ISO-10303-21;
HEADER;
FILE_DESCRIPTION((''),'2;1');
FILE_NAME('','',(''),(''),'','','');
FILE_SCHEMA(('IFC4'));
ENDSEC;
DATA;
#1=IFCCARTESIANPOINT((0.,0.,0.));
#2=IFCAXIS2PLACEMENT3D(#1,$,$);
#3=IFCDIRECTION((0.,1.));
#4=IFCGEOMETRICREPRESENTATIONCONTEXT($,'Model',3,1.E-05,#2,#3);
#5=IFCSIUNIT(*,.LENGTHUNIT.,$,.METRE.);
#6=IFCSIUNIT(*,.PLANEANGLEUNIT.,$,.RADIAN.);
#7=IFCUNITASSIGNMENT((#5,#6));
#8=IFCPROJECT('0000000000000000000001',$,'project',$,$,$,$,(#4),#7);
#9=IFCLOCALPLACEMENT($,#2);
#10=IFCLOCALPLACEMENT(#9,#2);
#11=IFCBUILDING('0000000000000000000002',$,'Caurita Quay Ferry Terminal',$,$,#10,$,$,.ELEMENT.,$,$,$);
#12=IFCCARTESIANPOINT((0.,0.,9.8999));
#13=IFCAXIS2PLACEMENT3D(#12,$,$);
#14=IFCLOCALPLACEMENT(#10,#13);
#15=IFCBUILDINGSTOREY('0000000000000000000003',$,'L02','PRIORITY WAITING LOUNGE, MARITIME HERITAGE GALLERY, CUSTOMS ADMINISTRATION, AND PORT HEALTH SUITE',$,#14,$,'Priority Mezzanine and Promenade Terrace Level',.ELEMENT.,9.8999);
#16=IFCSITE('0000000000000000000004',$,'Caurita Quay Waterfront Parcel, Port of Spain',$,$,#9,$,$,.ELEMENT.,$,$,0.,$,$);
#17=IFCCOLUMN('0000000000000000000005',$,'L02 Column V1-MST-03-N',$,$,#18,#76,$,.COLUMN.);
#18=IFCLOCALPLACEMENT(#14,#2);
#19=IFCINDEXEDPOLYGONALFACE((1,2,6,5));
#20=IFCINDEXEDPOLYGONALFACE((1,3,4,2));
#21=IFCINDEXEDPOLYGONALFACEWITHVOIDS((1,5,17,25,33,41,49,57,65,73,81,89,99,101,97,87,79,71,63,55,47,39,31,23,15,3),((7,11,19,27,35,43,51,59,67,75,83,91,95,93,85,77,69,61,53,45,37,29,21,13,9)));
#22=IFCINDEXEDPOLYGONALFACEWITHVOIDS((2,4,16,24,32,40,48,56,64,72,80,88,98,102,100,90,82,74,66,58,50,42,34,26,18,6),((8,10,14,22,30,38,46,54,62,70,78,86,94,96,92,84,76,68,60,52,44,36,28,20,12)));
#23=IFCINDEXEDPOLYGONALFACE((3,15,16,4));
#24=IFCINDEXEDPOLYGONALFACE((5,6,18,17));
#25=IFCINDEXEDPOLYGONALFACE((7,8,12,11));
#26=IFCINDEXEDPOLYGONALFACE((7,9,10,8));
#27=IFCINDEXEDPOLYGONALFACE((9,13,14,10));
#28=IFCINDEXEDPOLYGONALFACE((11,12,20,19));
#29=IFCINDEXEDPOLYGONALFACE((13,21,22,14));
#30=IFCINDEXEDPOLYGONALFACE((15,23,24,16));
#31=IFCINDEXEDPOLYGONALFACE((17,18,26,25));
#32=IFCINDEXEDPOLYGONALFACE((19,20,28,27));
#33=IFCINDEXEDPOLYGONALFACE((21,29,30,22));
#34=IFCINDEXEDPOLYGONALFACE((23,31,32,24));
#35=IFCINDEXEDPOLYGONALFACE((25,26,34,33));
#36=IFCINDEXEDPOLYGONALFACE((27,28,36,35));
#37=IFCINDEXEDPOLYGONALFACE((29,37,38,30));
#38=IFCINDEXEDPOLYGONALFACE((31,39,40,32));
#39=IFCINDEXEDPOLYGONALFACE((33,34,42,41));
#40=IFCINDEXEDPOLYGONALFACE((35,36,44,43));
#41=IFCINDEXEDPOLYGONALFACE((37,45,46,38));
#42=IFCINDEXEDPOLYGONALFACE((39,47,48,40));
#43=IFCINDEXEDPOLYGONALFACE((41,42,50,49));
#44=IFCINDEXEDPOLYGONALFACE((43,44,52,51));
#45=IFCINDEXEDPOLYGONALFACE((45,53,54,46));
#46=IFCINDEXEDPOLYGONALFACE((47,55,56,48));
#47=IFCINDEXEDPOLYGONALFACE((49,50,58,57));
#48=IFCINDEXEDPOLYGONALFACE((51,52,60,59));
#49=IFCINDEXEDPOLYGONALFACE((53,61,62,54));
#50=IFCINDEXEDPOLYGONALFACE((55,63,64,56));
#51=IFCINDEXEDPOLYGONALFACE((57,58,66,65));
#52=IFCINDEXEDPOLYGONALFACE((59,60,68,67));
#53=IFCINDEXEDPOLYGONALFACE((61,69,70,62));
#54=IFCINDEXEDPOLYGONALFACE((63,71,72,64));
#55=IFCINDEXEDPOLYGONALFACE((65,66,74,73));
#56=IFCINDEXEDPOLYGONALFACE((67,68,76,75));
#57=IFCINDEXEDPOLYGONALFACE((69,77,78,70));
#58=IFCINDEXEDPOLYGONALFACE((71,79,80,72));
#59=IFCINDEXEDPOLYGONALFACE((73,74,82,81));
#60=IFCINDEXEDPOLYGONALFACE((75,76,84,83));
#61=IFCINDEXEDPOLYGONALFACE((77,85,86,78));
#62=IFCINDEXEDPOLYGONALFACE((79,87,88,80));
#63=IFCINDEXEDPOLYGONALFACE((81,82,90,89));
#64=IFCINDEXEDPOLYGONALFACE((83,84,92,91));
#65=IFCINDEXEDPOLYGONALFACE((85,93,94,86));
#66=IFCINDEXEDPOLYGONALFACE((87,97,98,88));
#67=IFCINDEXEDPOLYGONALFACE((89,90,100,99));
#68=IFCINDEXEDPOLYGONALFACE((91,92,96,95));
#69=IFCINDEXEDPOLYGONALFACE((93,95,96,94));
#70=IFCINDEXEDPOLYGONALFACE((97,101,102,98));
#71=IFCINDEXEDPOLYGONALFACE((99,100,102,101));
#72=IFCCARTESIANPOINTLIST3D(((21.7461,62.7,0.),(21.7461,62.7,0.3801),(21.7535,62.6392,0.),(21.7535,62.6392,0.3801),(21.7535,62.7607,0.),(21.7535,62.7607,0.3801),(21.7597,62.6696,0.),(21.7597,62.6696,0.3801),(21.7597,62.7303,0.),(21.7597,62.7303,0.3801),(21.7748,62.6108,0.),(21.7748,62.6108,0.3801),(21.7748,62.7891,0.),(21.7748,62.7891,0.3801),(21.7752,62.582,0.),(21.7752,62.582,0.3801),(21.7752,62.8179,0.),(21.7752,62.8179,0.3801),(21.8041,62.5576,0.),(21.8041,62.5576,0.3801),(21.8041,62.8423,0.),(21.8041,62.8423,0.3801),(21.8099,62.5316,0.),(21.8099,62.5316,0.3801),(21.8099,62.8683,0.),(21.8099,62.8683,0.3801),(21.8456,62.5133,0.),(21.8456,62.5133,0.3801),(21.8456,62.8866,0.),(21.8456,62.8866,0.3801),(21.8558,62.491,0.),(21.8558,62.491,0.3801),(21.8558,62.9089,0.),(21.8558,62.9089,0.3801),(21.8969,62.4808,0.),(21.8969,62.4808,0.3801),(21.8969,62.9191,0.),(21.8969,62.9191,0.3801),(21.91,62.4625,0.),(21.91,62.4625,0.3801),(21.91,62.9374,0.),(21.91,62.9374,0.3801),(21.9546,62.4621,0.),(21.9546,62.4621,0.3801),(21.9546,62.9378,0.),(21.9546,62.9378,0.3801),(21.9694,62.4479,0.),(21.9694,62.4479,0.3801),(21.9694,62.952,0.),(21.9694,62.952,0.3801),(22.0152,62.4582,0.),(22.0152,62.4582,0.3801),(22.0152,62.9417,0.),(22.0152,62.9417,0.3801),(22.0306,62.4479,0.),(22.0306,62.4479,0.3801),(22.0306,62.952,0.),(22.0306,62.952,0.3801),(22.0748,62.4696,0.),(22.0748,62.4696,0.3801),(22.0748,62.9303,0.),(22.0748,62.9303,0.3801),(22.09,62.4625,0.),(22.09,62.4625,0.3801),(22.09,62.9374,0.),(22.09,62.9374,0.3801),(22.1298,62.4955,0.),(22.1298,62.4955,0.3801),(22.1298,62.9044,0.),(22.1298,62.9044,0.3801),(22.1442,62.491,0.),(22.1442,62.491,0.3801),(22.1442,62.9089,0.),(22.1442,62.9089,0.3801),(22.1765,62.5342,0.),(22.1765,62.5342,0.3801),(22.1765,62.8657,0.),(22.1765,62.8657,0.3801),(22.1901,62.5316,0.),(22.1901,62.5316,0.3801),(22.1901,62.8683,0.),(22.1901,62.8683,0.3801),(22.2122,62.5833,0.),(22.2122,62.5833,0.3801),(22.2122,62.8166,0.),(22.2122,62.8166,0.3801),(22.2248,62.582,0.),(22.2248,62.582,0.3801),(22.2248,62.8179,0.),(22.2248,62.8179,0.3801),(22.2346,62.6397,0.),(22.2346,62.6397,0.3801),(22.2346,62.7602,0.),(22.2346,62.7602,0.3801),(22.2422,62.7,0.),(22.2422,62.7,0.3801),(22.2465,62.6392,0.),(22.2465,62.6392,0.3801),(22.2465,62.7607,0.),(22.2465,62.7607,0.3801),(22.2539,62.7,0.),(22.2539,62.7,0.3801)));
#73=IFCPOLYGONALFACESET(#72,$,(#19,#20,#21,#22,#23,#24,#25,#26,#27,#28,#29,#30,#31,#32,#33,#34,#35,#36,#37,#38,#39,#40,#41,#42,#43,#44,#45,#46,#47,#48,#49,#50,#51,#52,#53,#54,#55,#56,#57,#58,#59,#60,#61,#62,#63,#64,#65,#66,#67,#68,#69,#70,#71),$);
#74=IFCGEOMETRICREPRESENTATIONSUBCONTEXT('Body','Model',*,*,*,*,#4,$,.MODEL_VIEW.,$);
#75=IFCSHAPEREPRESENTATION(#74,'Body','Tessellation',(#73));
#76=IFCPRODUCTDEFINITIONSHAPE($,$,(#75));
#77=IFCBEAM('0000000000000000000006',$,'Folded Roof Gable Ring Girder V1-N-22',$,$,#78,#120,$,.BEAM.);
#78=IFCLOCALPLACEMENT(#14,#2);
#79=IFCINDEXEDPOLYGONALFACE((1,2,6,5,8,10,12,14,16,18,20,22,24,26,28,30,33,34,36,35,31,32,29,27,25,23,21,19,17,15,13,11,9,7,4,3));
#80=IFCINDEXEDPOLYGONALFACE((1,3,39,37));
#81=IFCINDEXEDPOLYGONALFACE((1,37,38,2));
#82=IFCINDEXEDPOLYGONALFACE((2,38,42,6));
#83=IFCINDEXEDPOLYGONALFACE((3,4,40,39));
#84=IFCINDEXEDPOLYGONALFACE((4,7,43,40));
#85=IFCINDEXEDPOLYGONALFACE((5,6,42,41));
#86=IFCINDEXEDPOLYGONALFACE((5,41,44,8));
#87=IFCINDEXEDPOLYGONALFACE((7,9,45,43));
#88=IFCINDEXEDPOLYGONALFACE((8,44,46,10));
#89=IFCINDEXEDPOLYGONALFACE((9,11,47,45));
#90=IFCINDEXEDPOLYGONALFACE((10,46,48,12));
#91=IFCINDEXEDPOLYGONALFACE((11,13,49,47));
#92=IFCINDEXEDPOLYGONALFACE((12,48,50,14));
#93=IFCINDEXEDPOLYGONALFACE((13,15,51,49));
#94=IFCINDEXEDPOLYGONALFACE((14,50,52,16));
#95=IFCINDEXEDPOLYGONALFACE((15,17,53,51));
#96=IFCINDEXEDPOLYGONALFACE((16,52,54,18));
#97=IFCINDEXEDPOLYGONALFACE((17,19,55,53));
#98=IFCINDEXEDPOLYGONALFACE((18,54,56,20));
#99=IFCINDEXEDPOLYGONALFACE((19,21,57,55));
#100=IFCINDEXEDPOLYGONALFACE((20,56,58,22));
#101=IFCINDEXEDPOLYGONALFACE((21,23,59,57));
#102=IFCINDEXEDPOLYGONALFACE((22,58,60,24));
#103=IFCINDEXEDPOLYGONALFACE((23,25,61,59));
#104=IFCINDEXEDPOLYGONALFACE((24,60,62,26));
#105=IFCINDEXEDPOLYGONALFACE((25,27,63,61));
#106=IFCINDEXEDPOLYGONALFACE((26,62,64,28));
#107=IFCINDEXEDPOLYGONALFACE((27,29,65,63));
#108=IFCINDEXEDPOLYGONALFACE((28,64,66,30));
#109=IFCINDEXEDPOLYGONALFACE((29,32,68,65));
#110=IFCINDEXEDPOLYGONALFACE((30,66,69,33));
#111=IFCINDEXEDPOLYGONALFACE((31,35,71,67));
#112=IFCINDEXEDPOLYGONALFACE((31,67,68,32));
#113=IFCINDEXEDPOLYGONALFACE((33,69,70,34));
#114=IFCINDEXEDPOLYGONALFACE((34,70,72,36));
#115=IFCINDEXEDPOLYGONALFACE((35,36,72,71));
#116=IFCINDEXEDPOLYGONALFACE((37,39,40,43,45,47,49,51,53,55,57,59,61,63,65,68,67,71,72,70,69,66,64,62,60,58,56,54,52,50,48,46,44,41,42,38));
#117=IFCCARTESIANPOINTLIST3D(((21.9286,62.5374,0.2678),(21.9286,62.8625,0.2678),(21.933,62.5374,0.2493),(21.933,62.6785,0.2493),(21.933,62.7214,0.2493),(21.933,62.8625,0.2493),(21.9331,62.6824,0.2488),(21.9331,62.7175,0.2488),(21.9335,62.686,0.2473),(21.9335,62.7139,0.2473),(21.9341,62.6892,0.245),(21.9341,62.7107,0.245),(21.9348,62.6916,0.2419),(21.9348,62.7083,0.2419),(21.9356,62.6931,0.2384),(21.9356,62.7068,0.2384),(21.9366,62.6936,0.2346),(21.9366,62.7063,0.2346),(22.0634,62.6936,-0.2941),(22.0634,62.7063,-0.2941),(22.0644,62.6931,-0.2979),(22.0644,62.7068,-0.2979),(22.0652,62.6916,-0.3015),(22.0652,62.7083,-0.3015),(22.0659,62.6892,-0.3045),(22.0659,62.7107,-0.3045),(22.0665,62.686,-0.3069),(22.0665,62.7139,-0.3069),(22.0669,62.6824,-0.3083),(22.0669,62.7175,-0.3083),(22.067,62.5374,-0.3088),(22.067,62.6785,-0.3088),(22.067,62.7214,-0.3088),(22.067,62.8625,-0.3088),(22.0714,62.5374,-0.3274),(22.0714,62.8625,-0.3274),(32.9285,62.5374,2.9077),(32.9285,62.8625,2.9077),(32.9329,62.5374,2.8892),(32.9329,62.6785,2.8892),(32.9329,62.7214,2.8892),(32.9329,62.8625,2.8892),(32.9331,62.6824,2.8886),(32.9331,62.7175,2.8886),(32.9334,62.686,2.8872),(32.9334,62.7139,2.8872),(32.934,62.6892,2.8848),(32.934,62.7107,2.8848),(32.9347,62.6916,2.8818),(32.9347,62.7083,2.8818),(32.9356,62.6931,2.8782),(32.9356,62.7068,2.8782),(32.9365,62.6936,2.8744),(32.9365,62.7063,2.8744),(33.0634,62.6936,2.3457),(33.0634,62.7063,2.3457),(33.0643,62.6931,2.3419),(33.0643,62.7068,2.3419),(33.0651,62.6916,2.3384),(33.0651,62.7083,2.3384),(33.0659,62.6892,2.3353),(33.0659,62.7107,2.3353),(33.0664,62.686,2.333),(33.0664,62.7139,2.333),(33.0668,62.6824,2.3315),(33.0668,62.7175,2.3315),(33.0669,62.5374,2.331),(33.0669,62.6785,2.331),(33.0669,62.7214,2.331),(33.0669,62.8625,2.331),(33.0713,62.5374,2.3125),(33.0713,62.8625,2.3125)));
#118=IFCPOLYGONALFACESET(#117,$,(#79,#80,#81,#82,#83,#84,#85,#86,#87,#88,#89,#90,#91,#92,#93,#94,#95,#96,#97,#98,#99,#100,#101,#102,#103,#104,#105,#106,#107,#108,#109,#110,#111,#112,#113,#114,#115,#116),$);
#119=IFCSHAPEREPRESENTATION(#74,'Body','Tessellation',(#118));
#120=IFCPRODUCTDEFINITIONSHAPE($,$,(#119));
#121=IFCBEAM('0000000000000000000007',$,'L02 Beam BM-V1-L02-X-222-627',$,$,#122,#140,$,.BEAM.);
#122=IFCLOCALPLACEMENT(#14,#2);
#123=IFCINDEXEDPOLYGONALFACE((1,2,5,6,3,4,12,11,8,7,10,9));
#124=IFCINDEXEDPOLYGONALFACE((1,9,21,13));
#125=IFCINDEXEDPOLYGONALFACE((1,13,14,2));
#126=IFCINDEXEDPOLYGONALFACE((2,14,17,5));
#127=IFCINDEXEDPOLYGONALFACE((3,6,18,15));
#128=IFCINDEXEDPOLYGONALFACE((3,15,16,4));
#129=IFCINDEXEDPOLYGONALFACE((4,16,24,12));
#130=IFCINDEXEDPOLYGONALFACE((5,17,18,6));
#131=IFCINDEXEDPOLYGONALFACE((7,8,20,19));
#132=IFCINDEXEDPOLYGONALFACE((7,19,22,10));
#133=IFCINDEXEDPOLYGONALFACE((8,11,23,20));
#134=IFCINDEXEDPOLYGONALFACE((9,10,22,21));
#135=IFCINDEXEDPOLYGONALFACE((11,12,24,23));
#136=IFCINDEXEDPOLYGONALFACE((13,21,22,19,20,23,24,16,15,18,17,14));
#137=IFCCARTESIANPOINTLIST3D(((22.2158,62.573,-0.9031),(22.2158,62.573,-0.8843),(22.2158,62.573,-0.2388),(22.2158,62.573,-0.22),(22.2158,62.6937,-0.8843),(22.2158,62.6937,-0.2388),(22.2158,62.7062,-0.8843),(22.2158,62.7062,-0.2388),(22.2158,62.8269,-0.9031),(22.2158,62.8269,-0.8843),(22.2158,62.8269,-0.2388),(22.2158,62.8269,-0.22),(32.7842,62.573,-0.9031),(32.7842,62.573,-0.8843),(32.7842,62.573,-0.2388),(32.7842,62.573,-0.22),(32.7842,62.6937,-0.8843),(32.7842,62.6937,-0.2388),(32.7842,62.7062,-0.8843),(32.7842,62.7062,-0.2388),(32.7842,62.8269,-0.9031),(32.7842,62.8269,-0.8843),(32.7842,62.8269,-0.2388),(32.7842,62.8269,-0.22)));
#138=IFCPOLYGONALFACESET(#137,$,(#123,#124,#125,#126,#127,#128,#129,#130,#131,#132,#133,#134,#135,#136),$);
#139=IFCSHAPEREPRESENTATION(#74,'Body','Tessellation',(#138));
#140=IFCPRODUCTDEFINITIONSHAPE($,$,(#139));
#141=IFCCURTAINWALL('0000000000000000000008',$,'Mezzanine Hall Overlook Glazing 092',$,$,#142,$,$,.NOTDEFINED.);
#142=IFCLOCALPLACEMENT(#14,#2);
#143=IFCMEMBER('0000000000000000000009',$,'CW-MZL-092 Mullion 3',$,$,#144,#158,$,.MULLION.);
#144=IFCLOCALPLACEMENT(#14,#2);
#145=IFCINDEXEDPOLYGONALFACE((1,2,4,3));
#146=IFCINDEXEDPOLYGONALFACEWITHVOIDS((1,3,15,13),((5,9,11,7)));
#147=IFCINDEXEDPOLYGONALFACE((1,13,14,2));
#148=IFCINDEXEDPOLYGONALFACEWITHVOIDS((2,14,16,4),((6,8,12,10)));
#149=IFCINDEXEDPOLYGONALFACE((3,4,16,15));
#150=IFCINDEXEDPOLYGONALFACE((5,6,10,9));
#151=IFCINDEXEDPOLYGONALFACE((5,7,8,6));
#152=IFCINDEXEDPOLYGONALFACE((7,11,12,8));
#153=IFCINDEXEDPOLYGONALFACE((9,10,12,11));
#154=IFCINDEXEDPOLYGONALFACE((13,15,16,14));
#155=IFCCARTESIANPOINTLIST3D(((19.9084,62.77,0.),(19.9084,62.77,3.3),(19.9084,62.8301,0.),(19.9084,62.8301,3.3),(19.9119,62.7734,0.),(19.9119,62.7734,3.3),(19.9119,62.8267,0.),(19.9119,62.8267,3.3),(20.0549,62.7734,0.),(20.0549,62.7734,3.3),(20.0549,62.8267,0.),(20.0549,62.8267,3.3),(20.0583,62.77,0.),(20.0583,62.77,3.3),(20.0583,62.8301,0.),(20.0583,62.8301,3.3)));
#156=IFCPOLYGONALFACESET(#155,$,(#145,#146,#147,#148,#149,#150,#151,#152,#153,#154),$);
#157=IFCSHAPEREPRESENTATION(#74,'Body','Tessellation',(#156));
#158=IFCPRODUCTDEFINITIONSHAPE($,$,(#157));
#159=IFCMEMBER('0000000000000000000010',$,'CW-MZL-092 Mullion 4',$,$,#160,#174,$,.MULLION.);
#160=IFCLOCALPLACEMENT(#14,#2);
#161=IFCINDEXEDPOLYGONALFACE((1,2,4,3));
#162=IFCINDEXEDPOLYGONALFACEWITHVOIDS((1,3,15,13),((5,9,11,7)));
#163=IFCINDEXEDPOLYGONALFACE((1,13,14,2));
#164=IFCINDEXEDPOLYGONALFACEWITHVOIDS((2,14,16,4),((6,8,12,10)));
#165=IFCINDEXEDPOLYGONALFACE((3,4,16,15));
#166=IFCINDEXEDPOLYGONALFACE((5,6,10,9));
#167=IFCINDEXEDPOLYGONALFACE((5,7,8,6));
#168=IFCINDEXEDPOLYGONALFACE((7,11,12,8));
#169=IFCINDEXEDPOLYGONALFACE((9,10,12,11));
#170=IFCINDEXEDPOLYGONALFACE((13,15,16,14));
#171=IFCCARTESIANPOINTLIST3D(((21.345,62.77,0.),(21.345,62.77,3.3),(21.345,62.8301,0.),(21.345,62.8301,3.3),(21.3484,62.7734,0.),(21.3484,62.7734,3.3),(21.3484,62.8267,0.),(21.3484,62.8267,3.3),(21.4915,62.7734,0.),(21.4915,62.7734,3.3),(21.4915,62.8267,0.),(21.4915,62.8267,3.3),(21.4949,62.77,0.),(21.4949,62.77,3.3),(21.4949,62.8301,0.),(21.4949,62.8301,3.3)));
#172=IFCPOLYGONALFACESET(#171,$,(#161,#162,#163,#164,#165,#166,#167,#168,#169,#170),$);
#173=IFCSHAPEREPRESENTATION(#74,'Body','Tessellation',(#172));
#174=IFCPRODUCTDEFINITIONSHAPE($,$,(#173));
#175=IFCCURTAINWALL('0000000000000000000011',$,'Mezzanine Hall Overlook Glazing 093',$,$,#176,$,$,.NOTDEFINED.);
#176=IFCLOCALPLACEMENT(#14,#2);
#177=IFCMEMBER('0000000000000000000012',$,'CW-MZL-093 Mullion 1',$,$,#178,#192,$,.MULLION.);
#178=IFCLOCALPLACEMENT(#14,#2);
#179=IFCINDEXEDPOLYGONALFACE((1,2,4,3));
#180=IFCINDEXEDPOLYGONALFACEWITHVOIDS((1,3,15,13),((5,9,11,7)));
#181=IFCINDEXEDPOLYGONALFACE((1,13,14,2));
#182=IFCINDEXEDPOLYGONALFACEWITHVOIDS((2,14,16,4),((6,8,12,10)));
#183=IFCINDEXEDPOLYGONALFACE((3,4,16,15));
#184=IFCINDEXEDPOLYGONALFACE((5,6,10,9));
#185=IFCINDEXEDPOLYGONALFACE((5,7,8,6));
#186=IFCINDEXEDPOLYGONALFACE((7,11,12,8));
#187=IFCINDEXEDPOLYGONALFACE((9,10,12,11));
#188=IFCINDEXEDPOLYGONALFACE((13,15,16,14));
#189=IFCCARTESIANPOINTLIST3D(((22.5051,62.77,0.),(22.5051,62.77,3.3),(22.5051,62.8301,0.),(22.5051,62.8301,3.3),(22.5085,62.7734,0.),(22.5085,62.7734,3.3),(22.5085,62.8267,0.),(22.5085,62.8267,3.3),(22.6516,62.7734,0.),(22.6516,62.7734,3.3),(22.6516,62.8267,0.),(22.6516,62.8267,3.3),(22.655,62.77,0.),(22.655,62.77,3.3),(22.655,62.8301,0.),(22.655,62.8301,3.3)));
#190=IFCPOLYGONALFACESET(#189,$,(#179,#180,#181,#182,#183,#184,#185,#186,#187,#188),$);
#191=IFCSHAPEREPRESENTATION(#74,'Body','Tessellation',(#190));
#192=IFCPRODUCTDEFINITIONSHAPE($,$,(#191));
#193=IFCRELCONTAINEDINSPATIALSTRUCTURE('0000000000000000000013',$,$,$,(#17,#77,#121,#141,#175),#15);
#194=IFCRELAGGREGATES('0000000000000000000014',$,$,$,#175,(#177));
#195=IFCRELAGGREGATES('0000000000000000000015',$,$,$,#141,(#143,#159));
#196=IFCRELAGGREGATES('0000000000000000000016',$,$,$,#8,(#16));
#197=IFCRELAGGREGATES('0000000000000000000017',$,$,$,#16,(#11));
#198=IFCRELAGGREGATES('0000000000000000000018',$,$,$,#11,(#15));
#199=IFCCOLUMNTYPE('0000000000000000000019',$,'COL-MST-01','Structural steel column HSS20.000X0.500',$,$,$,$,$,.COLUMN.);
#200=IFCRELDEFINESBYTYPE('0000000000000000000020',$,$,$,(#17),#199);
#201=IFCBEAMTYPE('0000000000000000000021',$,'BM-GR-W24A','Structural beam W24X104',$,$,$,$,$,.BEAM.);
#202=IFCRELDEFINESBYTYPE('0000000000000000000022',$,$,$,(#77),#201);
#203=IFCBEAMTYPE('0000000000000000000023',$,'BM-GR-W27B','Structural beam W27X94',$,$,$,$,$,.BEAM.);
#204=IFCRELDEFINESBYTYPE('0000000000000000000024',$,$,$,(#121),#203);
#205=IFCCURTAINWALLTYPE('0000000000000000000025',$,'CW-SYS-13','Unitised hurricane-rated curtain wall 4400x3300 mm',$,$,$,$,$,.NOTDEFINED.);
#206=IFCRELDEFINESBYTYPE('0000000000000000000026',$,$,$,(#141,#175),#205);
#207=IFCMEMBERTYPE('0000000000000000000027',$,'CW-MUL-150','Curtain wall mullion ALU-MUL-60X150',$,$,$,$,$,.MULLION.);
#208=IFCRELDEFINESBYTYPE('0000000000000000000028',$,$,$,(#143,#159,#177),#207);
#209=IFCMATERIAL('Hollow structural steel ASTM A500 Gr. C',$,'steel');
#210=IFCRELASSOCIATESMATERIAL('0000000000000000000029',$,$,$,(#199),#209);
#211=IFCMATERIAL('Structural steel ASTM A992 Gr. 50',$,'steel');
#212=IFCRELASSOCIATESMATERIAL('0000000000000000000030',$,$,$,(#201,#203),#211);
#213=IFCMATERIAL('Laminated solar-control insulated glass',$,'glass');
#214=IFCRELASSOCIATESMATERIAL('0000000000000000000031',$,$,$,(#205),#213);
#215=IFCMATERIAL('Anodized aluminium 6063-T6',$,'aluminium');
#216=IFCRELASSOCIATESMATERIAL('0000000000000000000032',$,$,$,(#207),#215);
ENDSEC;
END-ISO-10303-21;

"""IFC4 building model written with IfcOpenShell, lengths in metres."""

from ifc_helpers import new_model, si_unit, direction, frame, origin, origin_2d, place, context, subcontext, project, spatial, hollow_rectangle, hollow_circle, i_section, extrude, material, material_profile, profile_set, type_object, element, aggregate, save


model = new_model("IFC4")

# Units and contexts
model_context = context("Model", 3, precision=1e-05, world=origin(), true_north=direction((0.0, 1.0)))
body_context = subcontext(model_context, "Body", "Model", "MODEL_VIEW")
ifc_project = project(units=[si_unit("LENGTHUNIT", "METRE"), si_unit("PLANEANGLEUNIT", "RADIAN")], contexts=[model_context])

# Site, building, storey
site_placement = place(None, origin())
site = spatial("IfcSite", under=ifc_project, at=site_placement, Name="Caurita Quay Waterfront Parcel, Port of Spain", CompositionType="ELEMENT", RefElevation=0.0)
building_placement = place(site_placement, origin())
building = spatial("IfcBuilding", under=site, at=building_placement, Name="Caurita Quay Ferry Terminal", CompositionType="ELEMENT")
storey_placement = place(building_placement, frame((0.0, 0.0, 9.8999)))
storey = spatial("IfcBuildingStorey", under=building, at=storey_placement, Name="L02", Description="PRIORITY WAITING LOUNGE, MARITIME HERITAGE GALLERY, CUSTOMS ADMINISTRATION, AND PORT HEALTH SUITE", LongName="Priority Mezzanine and Promenade Terrace Level", CompositionType="ELEMENT", Elevation=9.8999)

# Column
ifc_material_1 = material(Name="Hollow structural steel ASTM A500 Gr. C", Category="steel")
ifc_material_profile_1 = material_profile(ifc_material_1, hollow_circle(Radius=0.2539, WallThickness=0.0117, at=origin_2d()), Name="HSS20.000X0.500")
ifc_profile_set_1 = profile_set([ifc_material_profile_1], Name="Hollow structural steel ASTM A500 Gr. C")
column_type = type_object("IfcColumnType", Name="COL-MST-01", Description="Structural steel column HSS20.000X0.500", PredefinedType="COLUMN", material=ifc_profile_set_1)
column_placement = place(storey_placement, frame((22.0, 62.7, 0.0), z_axis=(0.0, 0.0, 1.0), x_axis=(1.0, 0.0, 0.0)))
element("IfcColumn", 1, at=column_placement, inside=storey, type_object=column_type, Name="L02 Column V1-MST-03-N", PredefinedType="COLUMN", context=body_context, shape_type="SweptSolid", body=[
    extrude(hollow_circle(Radius=0.2539, WallThickness=0.0117, at=origin_2d()), origin(), (0.0, 0.0, 1.0), 0.3801),
])

# Beams
ifc_material_2 = material(Name="Structural steel ASTM A992 Gr. 50", Category="steel")
ifc_material_profile_2 = material_profile(ifc_material_2, i_section(OverallWidth=0.3252, OverallDepth=0.6121, WebThickness=0.0127, FlangeThickness=0.019, FilletRadius=0.0151, at=origin_2d()), Name="W24X104")
ifc_profile_set_2 = profile_set([ifc_material_profile_2], Name="Structural steel ASTM A992 Gr. 50")
beam_type_1 = type_object("IfcBeamType", Name="BM-GR-W24A", Description="Structural beam W24X104", PredefinedType="BEAM", material=ifc_profile_set_2)
beam_1_placement = place(storey_placement, frame((22.0, 62.7, -0.0298), z_axis=(0.972389, 0.0, 0.233364), x_axis=(0.0, 1.0, 0.0)))
element("IfcBeam", 2, at=beam_1_placement, inside=storey, type_object=beam_type_1, Name="Folded Roof Gable Ring Girder V1-N-22", PredefinedType="BEAM", context=body_context, shape_type="SweptSolid", body=[
    extrude(i_section(OverallWidth=0.3252, OverallDepth=0.6121, WebThickness=0.0127, FlangeThickness=0.019, FilletRadius=0.0151, at=origin_2d()), origin(), (0.0, 0.0, 1.0), 11.3123),
])
ifc_material_profile_3 = material_profile(ifc_material_2, i_section(OverallWidth=0.2539, OverallDepth=0.6831, WebThickness=0.0125, FlangeThickness=0.0188, at=origin_2d()), Name="W27X94")
ifc_profile_set_3 = profile_set([ifc_material_profile_3], Name="Structural steel ASTM A992 Gr. 50")
beam_type_2 = type_object("IfcBeamType", Name="BM-GR-W27B", Description="Structural beam W27X94", PredefinedType="BEAM", material=ifc_profile_set_3)
beam_2_placement = place(storey_placement, frame((22.2158, 62.7, -0.5615), z_axis=(1.0, 0.0, 0.0), x_axis=(0.0, 1.0, 0.0)))
element("IfcBeam", 3, at=beam_2_placement, inside=storey, type_object=beam_type_2, Name="L02 Beam BM-V1-L02-X-222-627", PredefinedType="BEAM", context=body_context, shape_type="SweptSolid", body=[
    extrude(i_section(OverallWidth=0.2539, OverallDepth=0.6831, WebThickness=0.0125, FlangeThickness=0.0188, at=origin_2d()), origin(), (0.0, 0.0, 1.0), 10.5684),
])

# Curtain wall, members
ifc_material_3 = material(Name="Laminated solar-control insulated glass", Category="glass")
curtain_wall_type_1 = type_object("IfcCurtainWallType", Name="CW-SYS-13", Description="Unitised hurricane-rated curtain wall 4400x3300 mm", PredefinedType="NOTDEFINED", material=ifc_material_3)
curtain_wall_1_placement = place(storey_placement, origin())
curtain_wall_1 = element("IfcCurtainWall", 4, at=curtain_wall_1_placement, inside=storey, type_object=curtain_wall_type_1, Name="Mezzanine Hall Overlook Glazing 092", PredefinedType="NOTDEFINED")
ifc_material_4 = material(Name="Anodized aluminium 6063-T6", Category="aluminium")
ifc_material_profile_4 = material_profile(ifc_material_4, hollow_rectangle(XDim=0.0601, YDim=0.1499, WallThickness=0.0034, at=origin_2d()), Name="ALU-MUL-60X150")
ifc_profile_set_4 = profile_set([ifc_material_profile_4], Name="Anodized aluminium 6063-T6")
member_type_1 = type_object("IfcMemberType", Name="CW-MUL-150", Description="Curtain wall mullion ALU-MUL-60X150", PredefinedType="MULLION", material=ifc_profile_set_4)
member_1_placement = place(storey_placement, frame((19.9834, 62.8, 0.0), z_axis=(0.0, 0.0, 1.0), x_axis=(0.0, 1.0, 0.0)))
member_1 = element("IfcMember", 5, at=member_1_placement, type_object=member_type_1, Name="CW-MZL-092 Mullion 3", PredefinedType="MULLION", context=body_context, shape_type="SweptSolid", body=[
    extrude(hollow_rectangle(XDim=0.0601, YDim=0.1499, WallThickness=0.0034, at=origin_2d()), origin(), (0.0, 0.0, 1.0), 3.3),
])
member_2_placement = place(storey_placement, frame((21.4199, 62.8, 0.0), z_axis=(0.0, 0.0, 1.0), x_axis=(0.0, 1.0, 0.0)))
member_2 = element("IfcMember", 6, at=member_2_placement, type_object=member_type_1, Name="CW-MZL-092 Mullion 4", PredefinedType="MULLION", context=body_context, shape_type="SweptSolid", body=[
    extrude(hollow_rectangle(XDim=0.0601, YDim=0.1499, WallThickness=0.0034, at=origin_2d()), origin(), (0.0, 0.0, 1.0), 3.3),
])

# Curtain wall, member
curtain_wall_2_placement = place(storey_placement, origin())
curtain_wall_2 = element("IfcCurtainWall", 7, at=curtain_wall_2_placement, inside=storey, type_object=curtain_wall_type_1, Name="Mezzanine Hall Overlook Glazing 093", PredefinedType="NOTDEFINED")
member_3_placement = place(storey_placement, frame((22.5801, 62.8, 0.0), z_axis=(0.0, 0.0, 1.0), x_axis=(0.0, 1.0, 0.0)))
member_3 = element("IfcMember", 8, at=member_3_placement, type_object=member_type_1, Name="CW-MZL-093 Mullion 1", PredefinedType="MULLION", context=body_context, shape_type="SweptSolid", body=[
    extrude(hollow_rectangle(XDim=0.0601, YDim=0.1499, WallThickness=0.0034, at=origin_2d()), origin(), (0.0, 0.0, 1.0), 3.3),
])

aggregate(curtain_wall_2, [member_3])

aggregate(curtain_wall_1, [member_1, member_2])

save(model, "model.ifc")
